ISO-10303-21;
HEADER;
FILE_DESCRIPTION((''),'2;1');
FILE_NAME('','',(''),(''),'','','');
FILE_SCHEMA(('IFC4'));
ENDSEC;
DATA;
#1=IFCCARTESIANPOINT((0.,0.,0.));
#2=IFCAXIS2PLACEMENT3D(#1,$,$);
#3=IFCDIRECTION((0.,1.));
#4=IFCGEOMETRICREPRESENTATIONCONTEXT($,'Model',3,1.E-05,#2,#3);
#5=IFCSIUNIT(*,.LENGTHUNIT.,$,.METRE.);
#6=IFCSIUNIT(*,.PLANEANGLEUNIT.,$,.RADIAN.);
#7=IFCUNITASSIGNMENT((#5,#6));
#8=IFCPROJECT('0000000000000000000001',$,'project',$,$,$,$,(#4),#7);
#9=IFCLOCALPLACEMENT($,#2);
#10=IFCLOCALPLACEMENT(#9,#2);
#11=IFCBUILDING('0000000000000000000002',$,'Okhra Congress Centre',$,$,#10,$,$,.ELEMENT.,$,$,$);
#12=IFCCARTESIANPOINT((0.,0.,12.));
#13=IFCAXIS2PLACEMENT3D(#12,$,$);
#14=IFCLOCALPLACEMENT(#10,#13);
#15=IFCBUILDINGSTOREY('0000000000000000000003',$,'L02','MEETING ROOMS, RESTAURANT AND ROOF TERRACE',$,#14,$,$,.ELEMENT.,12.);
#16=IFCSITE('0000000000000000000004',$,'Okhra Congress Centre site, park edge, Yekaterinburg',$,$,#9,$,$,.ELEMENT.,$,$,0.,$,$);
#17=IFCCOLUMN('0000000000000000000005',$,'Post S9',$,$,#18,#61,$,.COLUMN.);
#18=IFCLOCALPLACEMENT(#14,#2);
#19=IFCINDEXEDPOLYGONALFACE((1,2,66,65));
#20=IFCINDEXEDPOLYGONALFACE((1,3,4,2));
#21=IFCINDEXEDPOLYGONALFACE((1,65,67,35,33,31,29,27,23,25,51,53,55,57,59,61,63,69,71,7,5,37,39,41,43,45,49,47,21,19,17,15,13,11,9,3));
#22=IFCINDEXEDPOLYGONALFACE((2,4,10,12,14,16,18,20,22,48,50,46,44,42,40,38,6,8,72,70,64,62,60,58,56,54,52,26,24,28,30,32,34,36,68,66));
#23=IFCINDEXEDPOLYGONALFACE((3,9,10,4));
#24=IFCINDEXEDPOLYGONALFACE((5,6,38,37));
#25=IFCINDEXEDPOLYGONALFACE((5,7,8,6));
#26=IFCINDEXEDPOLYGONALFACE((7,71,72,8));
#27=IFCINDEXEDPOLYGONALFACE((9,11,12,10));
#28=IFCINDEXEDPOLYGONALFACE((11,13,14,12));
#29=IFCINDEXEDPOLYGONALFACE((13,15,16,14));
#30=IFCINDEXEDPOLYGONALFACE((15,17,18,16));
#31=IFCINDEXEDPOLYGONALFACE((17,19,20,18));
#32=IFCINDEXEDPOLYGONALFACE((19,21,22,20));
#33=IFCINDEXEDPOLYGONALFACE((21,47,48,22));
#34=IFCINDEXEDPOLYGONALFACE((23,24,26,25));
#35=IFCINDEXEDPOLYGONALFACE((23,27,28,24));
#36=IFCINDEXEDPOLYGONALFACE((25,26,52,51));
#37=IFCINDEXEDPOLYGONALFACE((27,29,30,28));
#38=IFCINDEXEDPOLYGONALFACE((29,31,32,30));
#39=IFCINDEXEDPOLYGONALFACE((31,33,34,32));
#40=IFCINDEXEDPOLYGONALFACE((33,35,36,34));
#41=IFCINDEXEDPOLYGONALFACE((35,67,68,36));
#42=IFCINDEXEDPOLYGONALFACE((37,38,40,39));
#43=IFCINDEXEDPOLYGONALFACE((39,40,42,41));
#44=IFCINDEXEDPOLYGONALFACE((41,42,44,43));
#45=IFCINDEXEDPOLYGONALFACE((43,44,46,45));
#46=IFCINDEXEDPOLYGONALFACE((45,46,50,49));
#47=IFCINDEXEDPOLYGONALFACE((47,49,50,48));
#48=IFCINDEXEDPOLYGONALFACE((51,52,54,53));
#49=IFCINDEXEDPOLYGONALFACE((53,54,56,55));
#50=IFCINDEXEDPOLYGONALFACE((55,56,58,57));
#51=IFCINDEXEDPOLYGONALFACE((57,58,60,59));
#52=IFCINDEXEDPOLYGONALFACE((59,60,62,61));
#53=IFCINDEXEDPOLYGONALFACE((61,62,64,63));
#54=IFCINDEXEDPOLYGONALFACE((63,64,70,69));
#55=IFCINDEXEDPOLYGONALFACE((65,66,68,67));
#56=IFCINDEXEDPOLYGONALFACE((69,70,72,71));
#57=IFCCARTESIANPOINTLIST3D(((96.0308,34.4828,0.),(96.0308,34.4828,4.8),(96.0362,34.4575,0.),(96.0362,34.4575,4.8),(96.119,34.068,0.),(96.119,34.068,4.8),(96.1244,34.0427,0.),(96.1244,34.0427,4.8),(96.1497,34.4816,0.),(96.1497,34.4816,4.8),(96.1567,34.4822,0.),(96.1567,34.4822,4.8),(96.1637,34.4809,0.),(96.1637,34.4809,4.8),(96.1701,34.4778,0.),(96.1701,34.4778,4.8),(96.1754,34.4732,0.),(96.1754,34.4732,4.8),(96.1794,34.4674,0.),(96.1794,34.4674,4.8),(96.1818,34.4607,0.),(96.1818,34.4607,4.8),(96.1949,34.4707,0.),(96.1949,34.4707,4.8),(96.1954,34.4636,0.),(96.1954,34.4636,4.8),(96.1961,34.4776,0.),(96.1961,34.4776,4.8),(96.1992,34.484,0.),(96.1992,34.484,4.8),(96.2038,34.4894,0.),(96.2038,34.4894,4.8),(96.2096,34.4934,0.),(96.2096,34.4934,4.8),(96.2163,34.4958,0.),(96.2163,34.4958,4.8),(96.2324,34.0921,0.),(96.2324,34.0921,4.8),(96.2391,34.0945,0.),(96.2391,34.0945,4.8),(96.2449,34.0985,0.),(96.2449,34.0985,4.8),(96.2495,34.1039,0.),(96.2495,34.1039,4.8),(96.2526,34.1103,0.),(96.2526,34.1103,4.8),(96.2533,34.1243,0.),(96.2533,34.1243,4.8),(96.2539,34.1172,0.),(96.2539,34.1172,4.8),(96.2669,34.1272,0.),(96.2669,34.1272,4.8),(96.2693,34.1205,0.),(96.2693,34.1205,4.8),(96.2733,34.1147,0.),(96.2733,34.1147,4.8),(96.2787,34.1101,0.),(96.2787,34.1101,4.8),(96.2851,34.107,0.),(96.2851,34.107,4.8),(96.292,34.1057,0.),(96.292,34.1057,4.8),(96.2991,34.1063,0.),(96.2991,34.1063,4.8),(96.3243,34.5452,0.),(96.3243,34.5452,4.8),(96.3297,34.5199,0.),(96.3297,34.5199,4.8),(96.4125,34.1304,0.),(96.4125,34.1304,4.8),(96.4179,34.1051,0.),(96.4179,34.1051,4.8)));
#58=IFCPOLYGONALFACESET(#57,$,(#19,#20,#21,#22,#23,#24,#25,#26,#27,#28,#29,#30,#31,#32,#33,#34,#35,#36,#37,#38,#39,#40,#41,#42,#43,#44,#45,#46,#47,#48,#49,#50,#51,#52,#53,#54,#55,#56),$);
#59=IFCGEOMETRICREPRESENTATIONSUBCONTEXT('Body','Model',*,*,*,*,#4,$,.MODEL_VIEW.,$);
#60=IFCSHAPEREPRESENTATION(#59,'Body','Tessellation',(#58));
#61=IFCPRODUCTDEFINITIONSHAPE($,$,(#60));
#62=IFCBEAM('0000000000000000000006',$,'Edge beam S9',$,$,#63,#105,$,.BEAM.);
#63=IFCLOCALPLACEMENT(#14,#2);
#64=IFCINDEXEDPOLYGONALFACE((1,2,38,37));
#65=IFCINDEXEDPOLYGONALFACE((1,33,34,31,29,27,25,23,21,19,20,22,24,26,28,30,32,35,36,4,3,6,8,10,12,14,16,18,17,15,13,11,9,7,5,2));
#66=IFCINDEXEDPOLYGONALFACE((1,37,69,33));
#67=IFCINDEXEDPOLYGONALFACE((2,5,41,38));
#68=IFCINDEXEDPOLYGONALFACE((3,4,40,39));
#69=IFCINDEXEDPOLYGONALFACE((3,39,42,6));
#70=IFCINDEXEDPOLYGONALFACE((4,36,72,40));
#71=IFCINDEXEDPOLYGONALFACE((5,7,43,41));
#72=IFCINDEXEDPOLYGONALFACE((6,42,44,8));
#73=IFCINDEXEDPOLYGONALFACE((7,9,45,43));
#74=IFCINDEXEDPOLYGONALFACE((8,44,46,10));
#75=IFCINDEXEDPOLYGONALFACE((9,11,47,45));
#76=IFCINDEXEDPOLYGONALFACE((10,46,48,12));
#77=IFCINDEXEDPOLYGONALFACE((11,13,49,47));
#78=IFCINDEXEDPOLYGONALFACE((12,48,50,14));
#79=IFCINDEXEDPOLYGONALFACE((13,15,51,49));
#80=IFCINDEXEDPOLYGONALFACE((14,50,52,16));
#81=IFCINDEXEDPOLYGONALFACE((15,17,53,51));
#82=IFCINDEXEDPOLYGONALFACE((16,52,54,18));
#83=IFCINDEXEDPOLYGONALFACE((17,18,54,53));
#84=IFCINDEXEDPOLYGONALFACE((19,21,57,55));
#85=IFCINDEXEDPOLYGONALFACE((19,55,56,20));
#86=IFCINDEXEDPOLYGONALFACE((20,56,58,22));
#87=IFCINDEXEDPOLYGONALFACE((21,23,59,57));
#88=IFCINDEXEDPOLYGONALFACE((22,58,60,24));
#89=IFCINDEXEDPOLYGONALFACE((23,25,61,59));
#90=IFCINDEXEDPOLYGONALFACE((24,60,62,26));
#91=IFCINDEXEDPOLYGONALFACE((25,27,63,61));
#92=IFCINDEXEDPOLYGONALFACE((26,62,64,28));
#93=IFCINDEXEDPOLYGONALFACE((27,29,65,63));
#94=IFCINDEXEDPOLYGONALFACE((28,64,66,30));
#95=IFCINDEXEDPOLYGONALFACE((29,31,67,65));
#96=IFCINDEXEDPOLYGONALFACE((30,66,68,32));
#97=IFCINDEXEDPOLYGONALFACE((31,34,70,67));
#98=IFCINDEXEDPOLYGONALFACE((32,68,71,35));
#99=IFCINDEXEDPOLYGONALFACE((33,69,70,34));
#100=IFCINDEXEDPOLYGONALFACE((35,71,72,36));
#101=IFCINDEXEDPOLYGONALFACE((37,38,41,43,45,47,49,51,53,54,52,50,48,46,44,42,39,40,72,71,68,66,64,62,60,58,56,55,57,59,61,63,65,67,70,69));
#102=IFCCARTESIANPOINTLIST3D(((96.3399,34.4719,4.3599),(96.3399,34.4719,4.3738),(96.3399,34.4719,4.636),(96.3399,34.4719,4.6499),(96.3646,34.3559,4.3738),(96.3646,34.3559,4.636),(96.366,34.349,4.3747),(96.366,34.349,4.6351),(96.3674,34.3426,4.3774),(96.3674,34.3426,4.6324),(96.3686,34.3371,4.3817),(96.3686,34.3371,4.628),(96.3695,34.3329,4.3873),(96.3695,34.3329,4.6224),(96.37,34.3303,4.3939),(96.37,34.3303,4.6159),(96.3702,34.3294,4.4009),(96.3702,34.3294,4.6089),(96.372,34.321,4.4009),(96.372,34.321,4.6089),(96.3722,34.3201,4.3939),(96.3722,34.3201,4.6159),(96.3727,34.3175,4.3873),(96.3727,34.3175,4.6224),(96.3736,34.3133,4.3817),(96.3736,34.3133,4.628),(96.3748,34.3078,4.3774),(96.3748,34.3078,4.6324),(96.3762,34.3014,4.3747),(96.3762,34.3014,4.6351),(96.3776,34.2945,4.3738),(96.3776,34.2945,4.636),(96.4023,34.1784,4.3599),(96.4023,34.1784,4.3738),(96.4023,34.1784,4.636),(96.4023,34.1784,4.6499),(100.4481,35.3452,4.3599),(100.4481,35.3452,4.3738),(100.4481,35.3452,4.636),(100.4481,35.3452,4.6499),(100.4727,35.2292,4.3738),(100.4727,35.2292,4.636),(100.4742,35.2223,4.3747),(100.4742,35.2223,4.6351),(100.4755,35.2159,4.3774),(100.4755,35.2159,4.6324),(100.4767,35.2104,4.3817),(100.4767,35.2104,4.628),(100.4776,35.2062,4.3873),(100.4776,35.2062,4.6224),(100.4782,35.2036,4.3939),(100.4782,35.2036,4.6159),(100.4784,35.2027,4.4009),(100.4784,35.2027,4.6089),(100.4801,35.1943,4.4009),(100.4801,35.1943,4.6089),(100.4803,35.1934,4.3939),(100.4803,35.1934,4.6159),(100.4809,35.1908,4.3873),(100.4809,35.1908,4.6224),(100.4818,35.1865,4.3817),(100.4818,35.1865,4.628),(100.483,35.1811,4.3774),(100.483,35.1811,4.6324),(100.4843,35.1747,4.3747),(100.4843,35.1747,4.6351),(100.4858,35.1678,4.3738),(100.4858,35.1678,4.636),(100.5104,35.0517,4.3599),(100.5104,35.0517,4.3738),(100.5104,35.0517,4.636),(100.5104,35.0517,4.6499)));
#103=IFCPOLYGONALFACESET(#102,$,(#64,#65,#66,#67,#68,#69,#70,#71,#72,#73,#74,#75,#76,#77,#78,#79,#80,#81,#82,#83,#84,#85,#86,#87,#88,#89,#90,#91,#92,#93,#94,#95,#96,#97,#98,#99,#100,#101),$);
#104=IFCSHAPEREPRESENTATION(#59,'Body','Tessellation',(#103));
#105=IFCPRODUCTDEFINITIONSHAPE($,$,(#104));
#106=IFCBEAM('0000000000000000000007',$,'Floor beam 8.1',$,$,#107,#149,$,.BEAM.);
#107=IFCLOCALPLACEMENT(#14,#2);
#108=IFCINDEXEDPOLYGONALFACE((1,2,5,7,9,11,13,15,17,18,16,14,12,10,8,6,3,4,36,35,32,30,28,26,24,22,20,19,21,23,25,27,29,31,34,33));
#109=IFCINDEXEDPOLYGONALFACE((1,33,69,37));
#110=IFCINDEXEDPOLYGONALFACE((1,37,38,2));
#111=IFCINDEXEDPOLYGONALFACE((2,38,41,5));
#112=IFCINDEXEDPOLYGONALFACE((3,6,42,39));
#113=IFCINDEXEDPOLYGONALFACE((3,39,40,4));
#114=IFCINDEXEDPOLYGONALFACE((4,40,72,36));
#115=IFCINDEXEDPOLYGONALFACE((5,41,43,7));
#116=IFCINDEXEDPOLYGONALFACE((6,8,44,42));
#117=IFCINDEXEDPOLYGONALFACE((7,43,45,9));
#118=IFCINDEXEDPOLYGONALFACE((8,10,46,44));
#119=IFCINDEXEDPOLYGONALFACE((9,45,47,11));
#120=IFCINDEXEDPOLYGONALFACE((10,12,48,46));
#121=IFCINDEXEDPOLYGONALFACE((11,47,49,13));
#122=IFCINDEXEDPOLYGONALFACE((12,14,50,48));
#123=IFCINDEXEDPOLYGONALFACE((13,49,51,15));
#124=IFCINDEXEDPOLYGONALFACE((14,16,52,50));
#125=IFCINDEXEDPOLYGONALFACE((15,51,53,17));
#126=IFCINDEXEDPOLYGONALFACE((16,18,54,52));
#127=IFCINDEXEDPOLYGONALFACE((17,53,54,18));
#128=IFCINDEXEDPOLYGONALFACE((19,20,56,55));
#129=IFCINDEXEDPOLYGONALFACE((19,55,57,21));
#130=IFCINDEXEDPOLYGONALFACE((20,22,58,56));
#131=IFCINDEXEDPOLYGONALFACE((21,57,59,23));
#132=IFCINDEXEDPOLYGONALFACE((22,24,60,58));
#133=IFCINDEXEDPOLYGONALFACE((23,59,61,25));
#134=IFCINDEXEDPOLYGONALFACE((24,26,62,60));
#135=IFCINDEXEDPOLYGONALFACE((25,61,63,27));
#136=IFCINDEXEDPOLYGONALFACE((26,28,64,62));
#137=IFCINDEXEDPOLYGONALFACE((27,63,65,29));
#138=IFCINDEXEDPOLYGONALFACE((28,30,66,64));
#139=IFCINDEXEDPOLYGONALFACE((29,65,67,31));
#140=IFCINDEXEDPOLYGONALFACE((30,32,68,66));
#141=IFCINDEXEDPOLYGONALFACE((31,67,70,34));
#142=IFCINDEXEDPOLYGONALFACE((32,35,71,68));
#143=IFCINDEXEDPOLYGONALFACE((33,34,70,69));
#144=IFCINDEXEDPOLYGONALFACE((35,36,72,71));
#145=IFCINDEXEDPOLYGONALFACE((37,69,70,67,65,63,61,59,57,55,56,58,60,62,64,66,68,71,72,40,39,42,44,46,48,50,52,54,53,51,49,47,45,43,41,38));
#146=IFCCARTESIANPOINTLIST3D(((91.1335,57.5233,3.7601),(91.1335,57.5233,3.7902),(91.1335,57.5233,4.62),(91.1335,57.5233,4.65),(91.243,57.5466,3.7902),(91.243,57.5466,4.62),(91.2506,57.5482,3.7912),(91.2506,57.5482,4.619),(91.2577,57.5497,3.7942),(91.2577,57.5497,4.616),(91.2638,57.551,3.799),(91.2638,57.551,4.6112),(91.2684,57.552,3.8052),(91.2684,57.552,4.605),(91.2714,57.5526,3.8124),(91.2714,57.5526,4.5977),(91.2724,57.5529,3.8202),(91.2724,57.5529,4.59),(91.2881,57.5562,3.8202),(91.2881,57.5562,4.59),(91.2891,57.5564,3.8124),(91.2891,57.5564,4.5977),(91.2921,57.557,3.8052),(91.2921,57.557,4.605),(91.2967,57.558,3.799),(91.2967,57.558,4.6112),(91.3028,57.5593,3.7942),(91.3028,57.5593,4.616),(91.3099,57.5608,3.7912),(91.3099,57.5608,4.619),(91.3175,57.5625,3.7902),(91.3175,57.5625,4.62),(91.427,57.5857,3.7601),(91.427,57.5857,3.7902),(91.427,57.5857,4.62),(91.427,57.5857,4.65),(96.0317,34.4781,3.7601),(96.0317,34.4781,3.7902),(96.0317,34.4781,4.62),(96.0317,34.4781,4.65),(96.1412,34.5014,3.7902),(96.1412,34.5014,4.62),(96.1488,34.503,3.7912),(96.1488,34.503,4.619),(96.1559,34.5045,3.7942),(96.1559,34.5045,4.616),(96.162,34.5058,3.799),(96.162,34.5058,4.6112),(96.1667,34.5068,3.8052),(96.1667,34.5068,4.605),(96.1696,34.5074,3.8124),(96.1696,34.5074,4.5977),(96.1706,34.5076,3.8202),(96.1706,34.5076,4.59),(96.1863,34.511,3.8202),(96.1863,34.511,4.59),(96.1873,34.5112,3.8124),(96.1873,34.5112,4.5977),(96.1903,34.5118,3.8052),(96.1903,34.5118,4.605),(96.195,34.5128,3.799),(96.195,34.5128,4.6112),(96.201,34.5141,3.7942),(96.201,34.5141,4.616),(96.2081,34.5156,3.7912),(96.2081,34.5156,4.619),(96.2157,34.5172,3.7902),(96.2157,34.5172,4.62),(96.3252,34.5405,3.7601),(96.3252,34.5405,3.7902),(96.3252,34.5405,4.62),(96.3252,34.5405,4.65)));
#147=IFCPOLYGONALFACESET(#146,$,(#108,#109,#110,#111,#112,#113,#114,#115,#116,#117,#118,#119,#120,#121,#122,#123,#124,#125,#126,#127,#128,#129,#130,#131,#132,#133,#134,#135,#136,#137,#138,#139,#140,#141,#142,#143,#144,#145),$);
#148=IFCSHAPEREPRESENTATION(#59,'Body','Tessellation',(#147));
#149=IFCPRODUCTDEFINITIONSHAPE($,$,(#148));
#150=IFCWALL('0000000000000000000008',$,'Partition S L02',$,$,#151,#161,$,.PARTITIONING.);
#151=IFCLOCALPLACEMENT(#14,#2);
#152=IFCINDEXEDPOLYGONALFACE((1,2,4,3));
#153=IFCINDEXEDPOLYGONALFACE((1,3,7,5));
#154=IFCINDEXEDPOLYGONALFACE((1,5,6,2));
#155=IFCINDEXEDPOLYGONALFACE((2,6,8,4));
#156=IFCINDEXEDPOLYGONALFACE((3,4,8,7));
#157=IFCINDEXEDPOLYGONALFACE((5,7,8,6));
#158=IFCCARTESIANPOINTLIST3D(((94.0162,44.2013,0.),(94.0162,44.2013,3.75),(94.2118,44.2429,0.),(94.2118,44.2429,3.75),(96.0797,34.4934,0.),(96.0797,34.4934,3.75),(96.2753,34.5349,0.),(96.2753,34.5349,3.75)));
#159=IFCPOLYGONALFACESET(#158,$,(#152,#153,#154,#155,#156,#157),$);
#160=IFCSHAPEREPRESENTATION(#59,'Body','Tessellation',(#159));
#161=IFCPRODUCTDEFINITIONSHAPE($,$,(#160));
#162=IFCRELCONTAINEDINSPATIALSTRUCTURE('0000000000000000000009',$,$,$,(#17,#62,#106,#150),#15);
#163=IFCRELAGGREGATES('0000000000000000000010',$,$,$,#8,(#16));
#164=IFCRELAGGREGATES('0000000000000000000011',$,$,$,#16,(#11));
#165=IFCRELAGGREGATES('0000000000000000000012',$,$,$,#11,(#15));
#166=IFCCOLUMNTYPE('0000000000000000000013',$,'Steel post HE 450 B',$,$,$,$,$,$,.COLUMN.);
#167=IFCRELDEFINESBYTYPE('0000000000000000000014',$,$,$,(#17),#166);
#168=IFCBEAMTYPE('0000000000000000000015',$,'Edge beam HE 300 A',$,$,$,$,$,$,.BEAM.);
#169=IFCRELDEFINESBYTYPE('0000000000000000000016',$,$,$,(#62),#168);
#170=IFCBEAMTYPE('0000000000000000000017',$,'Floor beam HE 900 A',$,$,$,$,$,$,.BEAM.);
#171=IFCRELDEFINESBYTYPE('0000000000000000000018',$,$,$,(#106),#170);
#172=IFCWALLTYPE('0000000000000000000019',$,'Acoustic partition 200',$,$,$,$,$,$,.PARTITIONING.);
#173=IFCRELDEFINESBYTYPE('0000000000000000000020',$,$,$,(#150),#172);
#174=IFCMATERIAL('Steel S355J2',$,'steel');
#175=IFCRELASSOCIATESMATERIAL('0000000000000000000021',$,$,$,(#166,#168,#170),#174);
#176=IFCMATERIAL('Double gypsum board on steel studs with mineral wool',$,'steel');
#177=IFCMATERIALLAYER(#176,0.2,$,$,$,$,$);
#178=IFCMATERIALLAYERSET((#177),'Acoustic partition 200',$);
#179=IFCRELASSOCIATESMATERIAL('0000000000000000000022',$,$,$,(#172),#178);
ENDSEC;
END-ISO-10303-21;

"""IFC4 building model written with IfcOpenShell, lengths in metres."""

from ifc_helpers import new_model, si_unit, direction, frame, frame_2d, origin, origin_2d, place, context, subcontext, project, spatial, rectangle, i_section, extrude, material, layer, layer_set, material_profile, profile_set, type_object, element, save


model = new_model("IFC4")

# Units and contexts
model_context = context("Model", 3, precision=1e-05, world=origin(), true_north=direction((0.0, 1.0)))
body_context = subcontext(model_context, "Body", "Model", "MODEL_VIEW")
ifc_project = project(units=[si_unit("LENGTHUNIT", "METRE"), si_unit("PLANEANGLEUNIT", "RADIAN")], contexts=[model_context])

# Site, building, storey
site_placement = place(None, origin())
site = spatial("IfcSite", under=ifc_project, at=site_placement, Name="Okhra Congress Centre site, park edge, Yekaterinburg", CompositionType="ELEMENT", RefElevation=0.0)
building_placement = place(site_placement, origin())
building = spatial("IfcBuilding", under=site, at=building_placement, Name="Okhra Congress Centre", CompositionType="ELEMENT")
storey_placement = place(building_placement, frame((0.0, 0.0, 12.0)))
storey = spatial("IfcBuildingStorey", under=building, at=storey_placement, Name="L02", Description="MEETING ROOMS, RESTAURANT AND ROOF TERRACE", CompositionType="ELEMENT", Elevation=12.0)

# Column
ifc_material_1 = material(Name="Steel S355J2", Category="steel")
ifc_material_profile_1 = material_profile(ifc_material_1, i_section(OverallWidth=0.3, OverallDepth=0.45, WebThickness=0.0139, FlangeThickness=0.0259, FilletRadius=0.0271, at=origin_2d()), Name="HE 450 B")
ifc_profile_set_1 = profile_set([ifc_material_profile_1], Name="Steel S355J2")
column_type = type_object("IfcColumnType", Name="Steel post HE 450 B", PredefinedType="COLUMN", material=ifc_profile_set_1)
column_placement = place(storey_placement, frame((96.2244, 34.2939, 0.0), z_axis=(0.0, 0.0, 1.0), x_axis=(0.978148, 0.207912, 0.0)))
element("IfcColumn", 1, at=column_placement, inside=storey, type_object=column_type, Name="Post S9", PredefinedType="COLUMN", context=body_context, shape_type="SweptSolid", body=[
    extrude(i_section(OverallWidth=0.3, OverallDepth=0.45, WebThickness=0.0139, FlangeThickness=0.0259, FilletRadius=0.0271, at=origin_2d()), origin(), (0.0, 0.0, 1.0), 4.8),
])

# Beams
ifc_material_profile_2 = material_profile(ifc_material_1, i_section(OverallWidth=0.3, OverallDepth=0.29, WebThickness=0.0085, FlangeThickness=0.0139, FilletRadius=0.0271, at=origin_2d()), Name="HE 300 A")
ifc_profile_set_2 = profile_set([ifc_material_profile_2], Name="Steel S355J2")
beam_type_1 = type_object("IfcBeamType", Name="Edge beam HE 300 A", PredefinedType="BEAM", material=ifc_profile_set_2)
beam_1_placement = place(storey_placement, frame((96.3711, 34.3252, 4.5049), z_axis=(0.978144, 0.207929, 0.0), x_axis=(-0.207929, 0.978144, 0.0)))
element("IfcBeam", 2, at=beam_1_placement, inside=storey, type_object=beam_type_1, Name="Edge beam S9", PredefinedType="BEAM", context=body_context, shape_type="SweptSolid", body=[
    extrude(i_section(OverallWidth=0.3, OverallDepth=0.29, WebThickness=0.0085, FlangeThickness=0.0139, FilletRadius=0.0271, at=origin_2d()), origin(), (0.0, 0.0, 1.0), 4.2),
])
ifc_material_profile_3 = material_profile(ifc_material_1, i_section(OverallWidth=0.3, OverallDepth=0.8899, WebThickness=0.0161, FlangeThickness=0.03, FilletRadius=0.03, at=origin_2d()), Name="HE 900 A")
ifc_profile_set_3 = profile_set([ifc_material_profile_3], Name="Steel S355J2")
beam_type_2 = type_object("IfcBeamType", Name="Floor beam HE 900 A", PredefinedType="BEAM", material=ifc_profile_set_3)
beam_2_placement = place(storey_placement, frame((96.1785, 34.5093, 4.2051), z_axis=(-0.207903, 0.978149, 0.0), x_axis=(-0.978149, -0.207903, 0.0)))
element("IfcBeam", 3, at=beam_2_placement, inside=storey, type_object=beam_type_2, Name="Floor beam 8.1", PredefinedType="BEAM", context=body_context, shape_type="SweptSolid", body=[
    extrude(i_section(OverallWidth=0.3, OverallDepth=0.8899, WebThickness=0.0161, FlangeThickness=0.03, FilletRadius=0.03, at=origin_2d()), origin(), (0.0, 0.0, 1.0), 23.5601),
])

# Wall
ifc_material_2 = material(Name="Double gypsum board on steel studs with mineral wool", Category="steel")
ifc_layer_1 = layer(ifc_material_2, 0.2)
ifc_layer_set_1 = layer_set([ifc_layer_1], Name="Acoustic partition 200")
wall_type_1 = type_object("IfcWallType", Name="Acoustic partition 200", PredefinedType="PARTITIONING", material=ifc_layer_set_1)
wall_1_placement = place(storey_placement, frame((96.1775, 34.5142, 0.0), z_axis=(0.0, 0.0, 1.0), x_axis=(-0.207909, 0.978148, 0.0)))
element("IfcWall", 4, at=wall_1_placement, inside=storey, type_object=wall_type_1, Name="Partition S L02", PredefinedType="PARTITIONING", context=body_context, shape_type="SweptSolid", body=[
    extrude(rectangle(XDim=9.9248, YDim=0.2, at=frame_2d((4.9624, 0.0))), origin(), (0.0, 0.0, 1.0), 3.75),
])

save(model, "model.ifc")
